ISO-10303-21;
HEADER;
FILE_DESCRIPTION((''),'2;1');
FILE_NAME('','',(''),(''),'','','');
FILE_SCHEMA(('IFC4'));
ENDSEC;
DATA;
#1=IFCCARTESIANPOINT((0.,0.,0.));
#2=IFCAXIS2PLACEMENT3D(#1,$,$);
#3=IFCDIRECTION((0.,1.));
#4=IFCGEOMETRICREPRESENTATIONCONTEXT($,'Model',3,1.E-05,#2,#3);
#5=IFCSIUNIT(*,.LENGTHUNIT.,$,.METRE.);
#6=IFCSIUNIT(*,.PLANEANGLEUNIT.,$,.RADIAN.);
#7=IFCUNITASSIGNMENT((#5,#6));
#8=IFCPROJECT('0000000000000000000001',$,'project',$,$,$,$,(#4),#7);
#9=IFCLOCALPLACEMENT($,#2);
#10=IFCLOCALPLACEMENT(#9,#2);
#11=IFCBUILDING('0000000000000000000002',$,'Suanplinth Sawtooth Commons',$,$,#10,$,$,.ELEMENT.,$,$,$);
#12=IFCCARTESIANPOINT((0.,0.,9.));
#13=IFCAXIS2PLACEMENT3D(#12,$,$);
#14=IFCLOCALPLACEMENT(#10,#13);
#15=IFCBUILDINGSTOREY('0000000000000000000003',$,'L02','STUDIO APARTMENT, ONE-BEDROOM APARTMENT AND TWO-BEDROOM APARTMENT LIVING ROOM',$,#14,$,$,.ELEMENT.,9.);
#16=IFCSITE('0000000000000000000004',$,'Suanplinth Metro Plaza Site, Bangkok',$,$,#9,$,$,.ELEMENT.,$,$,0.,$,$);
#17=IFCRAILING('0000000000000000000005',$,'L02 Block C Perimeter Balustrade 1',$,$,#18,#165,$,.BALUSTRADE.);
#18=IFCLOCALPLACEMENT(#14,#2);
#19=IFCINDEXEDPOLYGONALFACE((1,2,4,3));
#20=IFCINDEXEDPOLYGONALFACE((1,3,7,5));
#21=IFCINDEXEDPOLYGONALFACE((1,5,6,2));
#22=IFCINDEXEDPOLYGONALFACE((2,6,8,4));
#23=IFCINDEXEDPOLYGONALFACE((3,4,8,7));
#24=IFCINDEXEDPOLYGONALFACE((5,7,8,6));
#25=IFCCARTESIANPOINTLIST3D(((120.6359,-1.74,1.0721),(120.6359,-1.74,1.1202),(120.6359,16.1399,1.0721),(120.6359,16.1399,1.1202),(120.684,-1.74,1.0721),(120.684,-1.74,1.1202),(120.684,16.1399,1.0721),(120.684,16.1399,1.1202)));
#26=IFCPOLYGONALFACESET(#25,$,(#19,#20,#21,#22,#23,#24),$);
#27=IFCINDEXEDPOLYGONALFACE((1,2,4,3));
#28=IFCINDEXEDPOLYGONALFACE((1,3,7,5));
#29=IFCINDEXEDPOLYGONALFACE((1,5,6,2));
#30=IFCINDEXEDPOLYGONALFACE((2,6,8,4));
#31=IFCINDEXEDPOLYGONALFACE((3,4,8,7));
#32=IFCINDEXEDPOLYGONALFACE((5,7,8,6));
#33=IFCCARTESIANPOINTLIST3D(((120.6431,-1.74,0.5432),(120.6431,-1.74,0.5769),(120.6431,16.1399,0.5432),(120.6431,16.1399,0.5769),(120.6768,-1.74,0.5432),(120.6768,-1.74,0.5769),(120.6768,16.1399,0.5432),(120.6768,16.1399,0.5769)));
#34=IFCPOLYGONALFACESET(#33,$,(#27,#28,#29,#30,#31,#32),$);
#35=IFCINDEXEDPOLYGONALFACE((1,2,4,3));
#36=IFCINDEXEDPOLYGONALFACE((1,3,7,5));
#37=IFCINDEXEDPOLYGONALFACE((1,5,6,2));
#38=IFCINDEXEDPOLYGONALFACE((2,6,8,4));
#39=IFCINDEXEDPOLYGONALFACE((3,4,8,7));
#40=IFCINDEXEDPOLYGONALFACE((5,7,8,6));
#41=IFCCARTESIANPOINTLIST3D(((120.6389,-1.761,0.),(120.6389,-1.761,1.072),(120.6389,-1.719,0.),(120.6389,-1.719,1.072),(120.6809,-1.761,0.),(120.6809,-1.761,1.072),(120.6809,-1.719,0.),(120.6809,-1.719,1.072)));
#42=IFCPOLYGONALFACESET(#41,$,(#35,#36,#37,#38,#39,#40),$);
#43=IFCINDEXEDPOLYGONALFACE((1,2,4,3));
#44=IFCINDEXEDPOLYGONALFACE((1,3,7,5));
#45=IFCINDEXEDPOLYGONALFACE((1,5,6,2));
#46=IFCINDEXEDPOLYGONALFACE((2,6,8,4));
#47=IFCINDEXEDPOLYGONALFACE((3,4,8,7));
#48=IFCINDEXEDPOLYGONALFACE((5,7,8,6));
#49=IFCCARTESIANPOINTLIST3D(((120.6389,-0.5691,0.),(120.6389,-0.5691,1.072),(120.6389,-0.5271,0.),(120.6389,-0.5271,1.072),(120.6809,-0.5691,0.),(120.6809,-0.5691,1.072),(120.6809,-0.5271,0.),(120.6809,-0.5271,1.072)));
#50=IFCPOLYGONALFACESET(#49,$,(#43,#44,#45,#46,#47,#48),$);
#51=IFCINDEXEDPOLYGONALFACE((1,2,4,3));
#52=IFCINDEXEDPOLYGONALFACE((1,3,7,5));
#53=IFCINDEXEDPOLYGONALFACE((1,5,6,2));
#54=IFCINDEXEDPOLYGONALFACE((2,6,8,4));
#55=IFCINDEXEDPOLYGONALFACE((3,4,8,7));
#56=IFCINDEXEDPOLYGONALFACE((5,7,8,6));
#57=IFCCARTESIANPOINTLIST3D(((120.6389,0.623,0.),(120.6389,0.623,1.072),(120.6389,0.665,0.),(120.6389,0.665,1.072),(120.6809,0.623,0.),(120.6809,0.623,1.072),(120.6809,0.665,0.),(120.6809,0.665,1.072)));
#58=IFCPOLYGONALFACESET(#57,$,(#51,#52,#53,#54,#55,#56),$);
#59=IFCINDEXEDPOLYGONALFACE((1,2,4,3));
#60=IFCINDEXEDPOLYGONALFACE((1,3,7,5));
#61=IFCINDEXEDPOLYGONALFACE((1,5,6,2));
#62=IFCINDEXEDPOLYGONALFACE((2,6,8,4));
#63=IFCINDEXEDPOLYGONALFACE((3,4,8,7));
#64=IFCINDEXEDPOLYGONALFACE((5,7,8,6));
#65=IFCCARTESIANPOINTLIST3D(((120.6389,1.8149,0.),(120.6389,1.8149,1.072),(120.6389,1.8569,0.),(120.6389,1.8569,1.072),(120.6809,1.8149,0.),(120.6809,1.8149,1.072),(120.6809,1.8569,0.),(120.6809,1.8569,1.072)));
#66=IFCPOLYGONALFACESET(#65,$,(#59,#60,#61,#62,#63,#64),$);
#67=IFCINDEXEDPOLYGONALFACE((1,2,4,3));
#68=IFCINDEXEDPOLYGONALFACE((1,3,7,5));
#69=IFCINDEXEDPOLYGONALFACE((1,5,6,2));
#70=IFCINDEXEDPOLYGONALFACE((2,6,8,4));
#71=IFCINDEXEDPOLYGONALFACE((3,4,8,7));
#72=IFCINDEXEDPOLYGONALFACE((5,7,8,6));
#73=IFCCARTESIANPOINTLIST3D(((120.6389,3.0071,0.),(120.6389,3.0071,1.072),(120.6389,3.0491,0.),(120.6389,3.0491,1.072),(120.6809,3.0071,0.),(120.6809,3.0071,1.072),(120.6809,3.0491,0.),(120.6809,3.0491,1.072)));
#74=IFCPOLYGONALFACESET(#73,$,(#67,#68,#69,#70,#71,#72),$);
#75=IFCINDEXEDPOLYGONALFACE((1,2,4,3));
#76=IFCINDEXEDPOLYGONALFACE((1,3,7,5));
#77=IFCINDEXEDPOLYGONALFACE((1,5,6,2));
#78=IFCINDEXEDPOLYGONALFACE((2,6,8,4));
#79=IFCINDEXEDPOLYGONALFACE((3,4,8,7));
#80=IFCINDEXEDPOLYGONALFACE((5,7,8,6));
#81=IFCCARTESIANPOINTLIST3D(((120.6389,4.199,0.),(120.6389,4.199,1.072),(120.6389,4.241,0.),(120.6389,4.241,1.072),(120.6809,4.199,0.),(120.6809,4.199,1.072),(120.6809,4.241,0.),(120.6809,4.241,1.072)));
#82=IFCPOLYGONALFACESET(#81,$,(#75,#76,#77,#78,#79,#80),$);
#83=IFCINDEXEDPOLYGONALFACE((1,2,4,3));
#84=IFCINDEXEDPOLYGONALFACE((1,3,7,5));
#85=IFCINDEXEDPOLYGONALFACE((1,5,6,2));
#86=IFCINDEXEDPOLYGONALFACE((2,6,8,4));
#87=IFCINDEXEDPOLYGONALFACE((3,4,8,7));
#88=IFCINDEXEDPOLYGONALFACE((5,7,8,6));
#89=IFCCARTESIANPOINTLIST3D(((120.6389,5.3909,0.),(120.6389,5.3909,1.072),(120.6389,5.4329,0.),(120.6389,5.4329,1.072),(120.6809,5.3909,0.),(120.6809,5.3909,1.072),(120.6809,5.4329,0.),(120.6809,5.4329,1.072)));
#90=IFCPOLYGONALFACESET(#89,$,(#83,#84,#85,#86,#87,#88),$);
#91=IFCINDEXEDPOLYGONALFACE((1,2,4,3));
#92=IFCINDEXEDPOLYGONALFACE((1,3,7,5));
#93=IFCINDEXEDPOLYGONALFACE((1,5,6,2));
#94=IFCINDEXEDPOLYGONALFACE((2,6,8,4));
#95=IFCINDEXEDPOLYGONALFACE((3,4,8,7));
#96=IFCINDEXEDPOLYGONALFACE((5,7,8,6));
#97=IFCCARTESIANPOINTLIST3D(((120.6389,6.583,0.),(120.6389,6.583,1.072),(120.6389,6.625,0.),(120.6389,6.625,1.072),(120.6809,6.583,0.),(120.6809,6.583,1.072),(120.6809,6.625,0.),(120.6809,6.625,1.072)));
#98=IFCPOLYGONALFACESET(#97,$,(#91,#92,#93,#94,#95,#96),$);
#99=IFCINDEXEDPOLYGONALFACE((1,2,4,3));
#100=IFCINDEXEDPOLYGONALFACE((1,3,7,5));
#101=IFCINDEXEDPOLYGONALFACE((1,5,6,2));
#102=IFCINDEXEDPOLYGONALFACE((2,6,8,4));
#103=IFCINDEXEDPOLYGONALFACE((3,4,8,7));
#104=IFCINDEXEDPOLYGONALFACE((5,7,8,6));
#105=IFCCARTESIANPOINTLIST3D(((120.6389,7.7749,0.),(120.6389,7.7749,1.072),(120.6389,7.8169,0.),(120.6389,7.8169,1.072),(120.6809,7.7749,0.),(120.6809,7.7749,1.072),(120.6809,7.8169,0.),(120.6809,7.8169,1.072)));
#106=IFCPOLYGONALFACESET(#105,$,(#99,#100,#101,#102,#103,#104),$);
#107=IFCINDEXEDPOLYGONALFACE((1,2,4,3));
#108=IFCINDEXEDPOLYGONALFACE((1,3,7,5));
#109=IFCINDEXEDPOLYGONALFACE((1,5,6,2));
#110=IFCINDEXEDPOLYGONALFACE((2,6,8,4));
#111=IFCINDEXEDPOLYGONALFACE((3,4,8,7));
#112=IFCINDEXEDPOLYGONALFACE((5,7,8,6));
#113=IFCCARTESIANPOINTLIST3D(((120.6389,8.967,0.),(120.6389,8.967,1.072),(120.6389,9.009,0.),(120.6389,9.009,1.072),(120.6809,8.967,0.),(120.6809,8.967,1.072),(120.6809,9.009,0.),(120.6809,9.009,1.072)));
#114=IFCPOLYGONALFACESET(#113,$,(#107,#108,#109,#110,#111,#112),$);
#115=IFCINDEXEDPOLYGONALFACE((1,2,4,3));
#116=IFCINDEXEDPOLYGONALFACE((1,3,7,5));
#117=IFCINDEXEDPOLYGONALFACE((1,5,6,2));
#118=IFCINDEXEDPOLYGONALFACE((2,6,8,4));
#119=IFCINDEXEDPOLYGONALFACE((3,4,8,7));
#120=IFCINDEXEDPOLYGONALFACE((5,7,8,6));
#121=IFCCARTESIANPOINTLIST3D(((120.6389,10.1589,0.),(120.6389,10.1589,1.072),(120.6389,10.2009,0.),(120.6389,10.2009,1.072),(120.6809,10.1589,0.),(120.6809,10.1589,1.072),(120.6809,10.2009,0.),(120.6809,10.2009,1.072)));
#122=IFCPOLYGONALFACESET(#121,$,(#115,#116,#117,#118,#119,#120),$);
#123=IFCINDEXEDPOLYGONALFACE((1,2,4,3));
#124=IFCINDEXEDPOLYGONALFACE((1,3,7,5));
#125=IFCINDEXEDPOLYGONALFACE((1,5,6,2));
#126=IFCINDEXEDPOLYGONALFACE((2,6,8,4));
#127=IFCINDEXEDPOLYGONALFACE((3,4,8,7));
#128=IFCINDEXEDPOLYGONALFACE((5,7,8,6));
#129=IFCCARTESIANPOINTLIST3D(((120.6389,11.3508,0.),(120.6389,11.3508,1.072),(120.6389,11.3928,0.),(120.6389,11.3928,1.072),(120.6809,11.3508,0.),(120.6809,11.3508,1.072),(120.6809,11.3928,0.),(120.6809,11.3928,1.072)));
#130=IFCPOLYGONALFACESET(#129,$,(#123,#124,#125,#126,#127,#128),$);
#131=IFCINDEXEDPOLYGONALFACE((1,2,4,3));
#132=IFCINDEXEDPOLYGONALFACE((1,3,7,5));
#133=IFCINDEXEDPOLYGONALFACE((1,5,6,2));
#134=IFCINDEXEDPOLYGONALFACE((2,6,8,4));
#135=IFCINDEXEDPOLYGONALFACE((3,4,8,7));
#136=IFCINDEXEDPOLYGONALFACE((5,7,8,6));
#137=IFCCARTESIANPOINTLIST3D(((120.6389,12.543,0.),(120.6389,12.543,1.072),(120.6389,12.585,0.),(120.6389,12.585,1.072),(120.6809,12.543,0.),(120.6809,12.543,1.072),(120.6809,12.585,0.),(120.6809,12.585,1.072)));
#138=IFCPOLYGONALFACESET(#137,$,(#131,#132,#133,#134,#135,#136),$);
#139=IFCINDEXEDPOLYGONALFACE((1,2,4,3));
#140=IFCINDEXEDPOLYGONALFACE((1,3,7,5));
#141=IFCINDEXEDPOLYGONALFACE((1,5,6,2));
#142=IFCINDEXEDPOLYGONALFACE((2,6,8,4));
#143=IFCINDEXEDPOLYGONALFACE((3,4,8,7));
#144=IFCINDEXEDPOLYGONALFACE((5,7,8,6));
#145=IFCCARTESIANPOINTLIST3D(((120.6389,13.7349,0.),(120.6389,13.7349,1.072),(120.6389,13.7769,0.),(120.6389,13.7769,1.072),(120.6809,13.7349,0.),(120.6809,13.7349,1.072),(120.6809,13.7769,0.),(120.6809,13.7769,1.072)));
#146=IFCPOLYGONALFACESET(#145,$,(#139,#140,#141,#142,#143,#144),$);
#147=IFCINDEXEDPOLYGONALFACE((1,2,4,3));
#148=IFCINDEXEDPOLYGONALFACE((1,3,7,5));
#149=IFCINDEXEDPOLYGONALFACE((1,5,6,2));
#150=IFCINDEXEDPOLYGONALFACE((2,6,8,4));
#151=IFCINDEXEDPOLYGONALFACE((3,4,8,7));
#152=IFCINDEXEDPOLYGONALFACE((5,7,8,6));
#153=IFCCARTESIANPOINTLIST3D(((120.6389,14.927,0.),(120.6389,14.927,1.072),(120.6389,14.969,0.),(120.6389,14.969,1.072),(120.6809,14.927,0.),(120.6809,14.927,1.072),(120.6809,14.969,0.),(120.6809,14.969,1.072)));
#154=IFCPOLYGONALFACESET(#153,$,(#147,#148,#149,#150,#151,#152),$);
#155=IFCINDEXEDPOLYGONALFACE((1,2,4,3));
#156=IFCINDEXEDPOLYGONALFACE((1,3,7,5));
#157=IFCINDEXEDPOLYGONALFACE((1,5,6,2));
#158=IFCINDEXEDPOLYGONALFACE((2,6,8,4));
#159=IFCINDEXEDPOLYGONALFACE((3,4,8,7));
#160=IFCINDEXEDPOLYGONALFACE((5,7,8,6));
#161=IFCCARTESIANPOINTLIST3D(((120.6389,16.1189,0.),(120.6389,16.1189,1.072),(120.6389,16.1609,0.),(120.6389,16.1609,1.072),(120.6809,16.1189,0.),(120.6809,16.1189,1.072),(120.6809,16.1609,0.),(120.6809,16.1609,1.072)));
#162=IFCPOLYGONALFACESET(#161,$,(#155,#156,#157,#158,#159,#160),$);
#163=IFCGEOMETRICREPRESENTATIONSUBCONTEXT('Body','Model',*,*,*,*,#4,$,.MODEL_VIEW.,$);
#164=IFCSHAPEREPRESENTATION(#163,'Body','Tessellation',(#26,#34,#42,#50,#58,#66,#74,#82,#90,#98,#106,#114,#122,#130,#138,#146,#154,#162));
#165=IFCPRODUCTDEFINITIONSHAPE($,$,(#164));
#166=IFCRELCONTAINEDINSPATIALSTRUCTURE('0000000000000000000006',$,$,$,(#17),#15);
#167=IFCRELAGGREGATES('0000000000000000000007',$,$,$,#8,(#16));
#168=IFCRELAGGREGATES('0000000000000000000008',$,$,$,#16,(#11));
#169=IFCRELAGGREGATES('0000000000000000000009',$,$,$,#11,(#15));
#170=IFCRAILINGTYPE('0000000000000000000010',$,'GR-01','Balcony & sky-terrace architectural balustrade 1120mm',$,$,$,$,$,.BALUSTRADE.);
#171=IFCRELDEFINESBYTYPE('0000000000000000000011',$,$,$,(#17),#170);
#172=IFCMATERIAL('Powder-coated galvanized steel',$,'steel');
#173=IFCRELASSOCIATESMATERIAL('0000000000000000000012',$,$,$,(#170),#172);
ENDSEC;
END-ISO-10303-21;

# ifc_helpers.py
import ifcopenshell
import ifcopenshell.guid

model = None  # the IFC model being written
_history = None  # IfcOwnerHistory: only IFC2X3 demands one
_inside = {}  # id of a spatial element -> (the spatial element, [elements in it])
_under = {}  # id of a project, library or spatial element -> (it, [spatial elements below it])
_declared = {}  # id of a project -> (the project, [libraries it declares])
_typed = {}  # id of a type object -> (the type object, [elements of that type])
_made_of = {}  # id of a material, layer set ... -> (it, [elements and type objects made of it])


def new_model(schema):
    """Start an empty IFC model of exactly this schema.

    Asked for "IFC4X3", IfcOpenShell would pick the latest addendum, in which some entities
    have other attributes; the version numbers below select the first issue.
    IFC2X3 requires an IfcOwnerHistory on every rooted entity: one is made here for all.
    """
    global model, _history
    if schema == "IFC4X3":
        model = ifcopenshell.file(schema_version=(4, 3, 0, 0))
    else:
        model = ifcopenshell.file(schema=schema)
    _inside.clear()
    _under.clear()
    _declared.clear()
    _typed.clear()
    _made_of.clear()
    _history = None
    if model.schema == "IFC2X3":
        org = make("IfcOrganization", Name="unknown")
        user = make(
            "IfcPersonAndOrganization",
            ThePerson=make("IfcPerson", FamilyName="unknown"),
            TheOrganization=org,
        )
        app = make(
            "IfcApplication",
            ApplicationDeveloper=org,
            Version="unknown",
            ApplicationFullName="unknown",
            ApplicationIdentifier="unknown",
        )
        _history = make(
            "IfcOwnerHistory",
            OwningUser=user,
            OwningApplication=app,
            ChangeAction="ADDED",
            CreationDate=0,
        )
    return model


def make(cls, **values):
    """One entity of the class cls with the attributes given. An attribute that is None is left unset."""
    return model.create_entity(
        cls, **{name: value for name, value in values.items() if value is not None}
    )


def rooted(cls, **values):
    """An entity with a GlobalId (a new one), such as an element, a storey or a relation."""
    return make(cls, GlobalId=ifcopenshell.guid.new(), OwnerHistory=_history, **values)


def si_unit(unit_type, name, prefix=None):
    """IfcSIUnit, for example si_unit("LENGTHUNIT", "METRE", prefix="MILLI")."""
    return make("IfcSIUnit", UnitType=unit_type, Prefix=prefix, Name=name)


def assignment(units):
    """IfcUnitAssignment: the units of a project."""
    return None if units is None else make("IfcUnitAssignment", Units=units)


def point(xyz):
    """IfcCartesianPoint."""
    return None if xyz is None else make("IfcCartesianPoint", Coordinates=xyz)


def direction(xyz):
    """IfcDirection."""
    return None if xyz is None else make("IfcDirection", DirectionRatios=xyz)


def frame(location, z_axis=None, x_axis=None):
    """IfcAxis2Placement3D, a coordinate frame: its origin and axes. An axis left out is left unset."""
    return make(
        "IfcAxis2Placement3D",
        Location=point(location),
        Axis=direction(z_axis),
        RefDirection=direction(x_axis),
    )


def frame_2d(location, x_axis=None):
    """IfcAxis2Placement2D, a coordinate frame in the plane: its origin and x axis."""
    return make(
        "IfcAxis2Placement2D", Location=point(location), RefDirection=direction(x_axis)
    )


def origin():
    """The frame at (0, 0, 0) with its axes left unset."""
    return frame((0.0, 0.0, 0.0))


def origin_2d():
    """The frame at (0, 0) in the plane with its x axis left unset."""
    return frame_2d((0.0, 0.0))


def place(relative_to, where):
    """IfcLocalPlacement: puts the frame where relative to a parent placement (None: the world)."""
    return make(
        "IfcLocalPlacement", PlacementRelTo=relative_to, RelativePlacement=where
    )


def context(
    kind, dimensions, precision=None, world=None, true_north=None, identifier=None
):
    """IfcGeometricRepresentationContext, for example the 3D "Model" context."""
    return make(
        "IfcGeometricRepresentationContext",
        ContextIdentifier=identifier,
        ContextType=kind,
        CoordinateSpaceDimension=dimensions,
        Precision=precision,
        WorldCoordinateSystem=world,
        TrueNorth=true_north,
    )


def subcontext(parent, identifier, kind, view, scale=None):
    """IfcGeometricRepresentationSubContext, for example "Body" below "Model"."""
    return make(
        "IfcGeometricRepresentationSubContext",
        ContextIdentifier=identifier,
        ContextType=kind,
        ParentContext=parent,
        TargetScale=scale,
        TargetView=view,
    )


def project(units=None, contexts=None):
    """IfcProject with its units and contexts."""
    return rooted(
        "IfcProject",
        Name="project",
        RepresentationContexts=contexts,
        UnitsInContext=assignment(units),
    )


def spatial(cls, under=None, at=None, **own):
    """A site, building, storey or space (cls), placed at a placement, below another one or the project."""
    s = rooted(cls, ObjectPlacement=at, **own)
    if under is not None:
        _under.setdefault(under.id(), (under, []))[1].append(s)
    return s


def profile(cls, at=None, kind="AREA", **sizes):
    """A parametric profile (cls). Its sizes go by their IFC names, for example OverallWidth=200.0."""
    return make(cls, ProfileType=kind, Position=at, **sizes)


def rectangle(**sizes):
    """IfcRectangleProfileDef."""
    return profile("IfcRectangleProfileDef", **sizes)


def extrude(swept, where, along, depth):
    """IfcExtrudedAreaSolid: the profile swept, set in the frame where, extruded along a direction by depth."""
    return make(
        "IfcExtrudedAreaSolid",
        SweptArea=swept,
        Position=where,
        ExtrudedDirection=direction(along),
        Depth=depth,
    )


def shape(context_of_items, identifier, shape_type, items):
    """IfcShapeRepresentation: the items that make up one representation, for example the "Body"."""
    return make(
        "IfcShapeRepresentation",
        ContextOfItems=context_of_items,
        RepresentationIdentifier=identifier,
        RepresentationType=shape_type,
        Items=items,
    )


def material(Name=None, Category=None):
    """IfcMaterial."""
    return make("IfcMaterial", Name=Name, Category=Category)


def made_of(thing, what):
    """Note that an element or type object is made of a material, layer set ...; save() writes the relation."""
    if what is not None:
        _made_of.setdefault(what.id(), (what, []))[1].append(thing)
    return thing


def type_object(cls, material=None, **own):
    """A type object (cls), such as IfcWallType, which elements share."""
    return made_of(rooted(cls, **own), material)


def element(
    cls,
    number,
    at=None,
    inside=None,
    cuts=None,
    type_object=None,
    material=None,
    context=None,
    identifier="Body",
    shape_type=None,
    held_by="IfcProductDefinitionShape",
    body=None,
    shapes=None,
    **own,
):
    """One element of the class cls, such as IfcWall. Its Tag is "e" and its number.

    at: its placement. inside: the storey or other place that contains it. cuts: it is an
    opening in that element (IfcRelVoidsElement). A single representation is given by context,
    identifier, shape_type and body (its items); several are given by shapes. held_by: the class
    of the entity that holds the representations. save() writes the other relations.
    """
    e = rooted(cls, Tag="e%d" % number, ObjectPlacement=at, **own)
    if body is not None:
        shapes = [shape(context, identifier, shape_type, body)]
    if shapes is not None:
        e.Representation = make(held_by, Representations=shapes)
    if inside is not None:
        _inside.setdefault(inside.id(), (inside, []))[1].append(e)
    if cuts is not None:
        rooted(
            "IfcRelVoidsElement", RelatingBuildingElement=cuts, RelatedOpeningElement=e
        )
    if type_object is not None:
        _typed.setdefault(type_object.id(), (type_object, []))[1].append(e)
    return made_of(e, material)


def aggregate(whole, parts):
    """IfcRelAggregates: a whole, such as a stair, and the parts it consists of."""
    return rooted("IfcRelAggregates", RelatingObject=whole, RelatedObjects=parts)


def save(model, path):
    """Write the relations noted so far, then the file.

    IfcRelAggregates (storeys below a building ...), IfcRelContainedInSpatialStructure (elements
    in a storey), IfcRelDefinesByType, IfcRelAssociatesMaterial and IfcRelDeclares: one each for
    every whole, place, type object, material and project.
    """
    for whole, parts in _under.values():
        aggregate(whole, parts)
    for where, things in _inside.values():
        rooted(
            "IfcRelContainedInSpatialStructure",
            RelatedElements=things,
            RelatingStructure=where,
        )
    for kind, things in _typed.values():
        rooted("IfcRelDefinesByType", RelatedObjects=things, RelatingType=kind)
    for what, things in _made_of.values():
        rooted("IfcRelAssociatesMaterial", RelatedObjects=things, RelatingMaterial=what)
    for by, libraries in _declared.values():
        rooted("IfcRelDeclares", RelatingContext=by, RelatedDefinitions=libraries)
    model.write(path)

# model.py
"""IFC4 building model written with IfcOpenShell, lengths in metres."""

from ifc_helpers import new_model, si_unit, direction, frame, origin, origin_2d, place, context, subcontext, project, spatial, rectangle, extrude, material, type_object, element, save


model = new_model("IFC4")

# Units and contexts
model_context = context("Model", 3, precision=1e-05, world=origin(), true_north=direction((0.0, 1.0)))
body_context = subcontext(model_context, "Body", "Model", "MODEL_VIEW")
ifc_project = project(units=[si_unit("LENGTHUNIT", "METRE"), si_unit("PLANEANGLEUNIT", "RADIAN")], contexts=[model_context])

# Site, building, storey
site_placement = place(None, origin())
site = spatial("IfcSite", under=ifc_project, at=site_placement, Name="Suanplinth Metro Plaza Site, Bangkok", CompositionType="ELEMENT", RefElevation=0.0)
building_placement = place(site_placement, origin())
building = spatial("IfcBuilding", under=site, at=building_placement, Name="Suanplinth Sawtooth Commons", CompositionType="ELEMENT")
storey_placement = place(building_placement, frame((0.0, 0.0, 9.0)))
storey = spatial("IfcBuildingStorey", under=building, at=storey_placement, Name="L02", Description="STUDIO APARTMENT, ONE-BEDROOM APARTMENT AND TWO-BEDROOM APARTMENT LIVING ROOM", CompositionType="ELEMENT", Elevation=9.0)

# Railing
ifc_material_1 = material(Name="Powder-coated galvanized steel", Category="steel")
railing_type = type_object("IfcRailingType", Name="GR-01", Description="Balcony & sky-terrace architectural balustrade 1120mm", PredefinedType="BALUSTRADE", material=ifc_material_1)
railing_placement = place(storey_placement, frame((120.6599, -1.74, 0.0)))
element("IfcRailing", 1, at=railing_placement, inside=storey, type_object=railing_type, Name="L02 Block C Perimeter Balustrade 1", PredefinedType="BALUSTRADE", context=body_context, shape_type="SweptSolid", body=[
    extrude(rectangle(XDim=0.0481, YDim=0.0481, at=origin_2d()), frame((0.0, 0.0, 1.0962), z_axis=(0.0, 1.0, 0.0), x_axis=(-1.0, 0.0, 0.0)), (0.0, 0.0, 1.0), 17.8799),
    extrude(rectangle(XDim=0.0337, YDim=0.0337, at=origin_2d()), frame((0.0, 0.0, 0.5601), z_axis=(0.0, 1.0, 0.0), x_axis=(-1.0, 0.0, 0.0)), (0.0, 0.0, 1.0), 17.8799),
    extrude(rectangle(XDim=0.042, YDim=0.042, at=origin_2d()), origin(), (0.0, 0.0, 1.0), 1.072),
    extrude(rectangle(XDim=0.042, YDim=0.042, at=origin_2d()), frame((0.0, 1.1919, 0.0)), (0.0, 0.0, 1.0), 1.072),
    extrude(rectangle(XDim=0.042, YDim=0.042, at=origin_2d()), frame((0.0, 2.384, 0.0)), (0.0, 0.0, 1.0), 1.072),
    extrude(rectangle(XDim=0.042, YDim=0.042, at=origin_2d()), frame((0.0, 3.5759, 0.0)), (0.0, 0.0, 1.0), 1.072),
    extrude(rectangle(XDim=0.042, YDim=0.042, at=origin_2d()), frame((0.0, 4.7681, 0.0)), (0.0, 0.0, 1.0), 1.072),
    extrude(rectangle(XDim=0.042, YDim=0.042, at=origin_2d()), frame((0.0, 5.96, 0.0)), (0.0, 0.0, 1.0), 1.072),
    extrude(rectangle(XDim=0.042, YDim=0.042, at=origin_2d()), frame((0.0, 7.1519, 0.0)), (0.0, 0.0, 1.0), 1.072),
    extrude(rectangle(XDim=0.042, YDim=0.042, at=origin_2d()), frame((0.0, 8.344, 0.0)), (0.0, 0.0, 1.0), 1.072),
    extrude(rectangle(XDim=0.042, YDim=0.042, at=origin_2d()), frame((0.0, 9.5359, 0.0)), (0.0, 0.0, 1.0), 1.072),
    extrude(rectangle(XDim=0.042, YDim=0.042, at=origin_2d()), frame((0.0, 10.728, 0.0)), (0.0, 0.0, 1.0), 1.072),
    extrude(rectangle(XDim=0.042, YDim=0.042, at=origin_2d()), frame((0.0, 11.9199, 0.0)), (0.0, 0.0, 1.0), 1.072),
    extrude(rectangle(XDim=0.042, YDim=0.042, at=origin_2d()), frame((0.0, 13.1118, 0.0)), (0.0, 0.0, 1.0), 1.072),
    extrude(rectangle(XDim=0.042, YDim=0.042, at=origin_2d()), frame((0.0, 14.304, 0.0)), (0.0, 0.0, 1.0), 1.072),
    extrude(rectangle(XDim=0.042, YDim=0.042, at=origin_2d()), frame((0.0, 15.4958, 0.0)), (0.0, 0.0, 1.0), 1.072),
    extrude(rectangle(XDim=0.042, YDim=0.042, at=origin_2d()), frame((0.0, 16.688, 0.0)), (0.0, 0.0, 1.0), 1.072),
    extrude(rectangle(XDim=0.042, YDim=0.042, at=origin_2d()), frame((0.0, 17.8799, 0.0)), (0.0, 0.0, 1.0), 1.072),
])

save(model, "model.ifc")
